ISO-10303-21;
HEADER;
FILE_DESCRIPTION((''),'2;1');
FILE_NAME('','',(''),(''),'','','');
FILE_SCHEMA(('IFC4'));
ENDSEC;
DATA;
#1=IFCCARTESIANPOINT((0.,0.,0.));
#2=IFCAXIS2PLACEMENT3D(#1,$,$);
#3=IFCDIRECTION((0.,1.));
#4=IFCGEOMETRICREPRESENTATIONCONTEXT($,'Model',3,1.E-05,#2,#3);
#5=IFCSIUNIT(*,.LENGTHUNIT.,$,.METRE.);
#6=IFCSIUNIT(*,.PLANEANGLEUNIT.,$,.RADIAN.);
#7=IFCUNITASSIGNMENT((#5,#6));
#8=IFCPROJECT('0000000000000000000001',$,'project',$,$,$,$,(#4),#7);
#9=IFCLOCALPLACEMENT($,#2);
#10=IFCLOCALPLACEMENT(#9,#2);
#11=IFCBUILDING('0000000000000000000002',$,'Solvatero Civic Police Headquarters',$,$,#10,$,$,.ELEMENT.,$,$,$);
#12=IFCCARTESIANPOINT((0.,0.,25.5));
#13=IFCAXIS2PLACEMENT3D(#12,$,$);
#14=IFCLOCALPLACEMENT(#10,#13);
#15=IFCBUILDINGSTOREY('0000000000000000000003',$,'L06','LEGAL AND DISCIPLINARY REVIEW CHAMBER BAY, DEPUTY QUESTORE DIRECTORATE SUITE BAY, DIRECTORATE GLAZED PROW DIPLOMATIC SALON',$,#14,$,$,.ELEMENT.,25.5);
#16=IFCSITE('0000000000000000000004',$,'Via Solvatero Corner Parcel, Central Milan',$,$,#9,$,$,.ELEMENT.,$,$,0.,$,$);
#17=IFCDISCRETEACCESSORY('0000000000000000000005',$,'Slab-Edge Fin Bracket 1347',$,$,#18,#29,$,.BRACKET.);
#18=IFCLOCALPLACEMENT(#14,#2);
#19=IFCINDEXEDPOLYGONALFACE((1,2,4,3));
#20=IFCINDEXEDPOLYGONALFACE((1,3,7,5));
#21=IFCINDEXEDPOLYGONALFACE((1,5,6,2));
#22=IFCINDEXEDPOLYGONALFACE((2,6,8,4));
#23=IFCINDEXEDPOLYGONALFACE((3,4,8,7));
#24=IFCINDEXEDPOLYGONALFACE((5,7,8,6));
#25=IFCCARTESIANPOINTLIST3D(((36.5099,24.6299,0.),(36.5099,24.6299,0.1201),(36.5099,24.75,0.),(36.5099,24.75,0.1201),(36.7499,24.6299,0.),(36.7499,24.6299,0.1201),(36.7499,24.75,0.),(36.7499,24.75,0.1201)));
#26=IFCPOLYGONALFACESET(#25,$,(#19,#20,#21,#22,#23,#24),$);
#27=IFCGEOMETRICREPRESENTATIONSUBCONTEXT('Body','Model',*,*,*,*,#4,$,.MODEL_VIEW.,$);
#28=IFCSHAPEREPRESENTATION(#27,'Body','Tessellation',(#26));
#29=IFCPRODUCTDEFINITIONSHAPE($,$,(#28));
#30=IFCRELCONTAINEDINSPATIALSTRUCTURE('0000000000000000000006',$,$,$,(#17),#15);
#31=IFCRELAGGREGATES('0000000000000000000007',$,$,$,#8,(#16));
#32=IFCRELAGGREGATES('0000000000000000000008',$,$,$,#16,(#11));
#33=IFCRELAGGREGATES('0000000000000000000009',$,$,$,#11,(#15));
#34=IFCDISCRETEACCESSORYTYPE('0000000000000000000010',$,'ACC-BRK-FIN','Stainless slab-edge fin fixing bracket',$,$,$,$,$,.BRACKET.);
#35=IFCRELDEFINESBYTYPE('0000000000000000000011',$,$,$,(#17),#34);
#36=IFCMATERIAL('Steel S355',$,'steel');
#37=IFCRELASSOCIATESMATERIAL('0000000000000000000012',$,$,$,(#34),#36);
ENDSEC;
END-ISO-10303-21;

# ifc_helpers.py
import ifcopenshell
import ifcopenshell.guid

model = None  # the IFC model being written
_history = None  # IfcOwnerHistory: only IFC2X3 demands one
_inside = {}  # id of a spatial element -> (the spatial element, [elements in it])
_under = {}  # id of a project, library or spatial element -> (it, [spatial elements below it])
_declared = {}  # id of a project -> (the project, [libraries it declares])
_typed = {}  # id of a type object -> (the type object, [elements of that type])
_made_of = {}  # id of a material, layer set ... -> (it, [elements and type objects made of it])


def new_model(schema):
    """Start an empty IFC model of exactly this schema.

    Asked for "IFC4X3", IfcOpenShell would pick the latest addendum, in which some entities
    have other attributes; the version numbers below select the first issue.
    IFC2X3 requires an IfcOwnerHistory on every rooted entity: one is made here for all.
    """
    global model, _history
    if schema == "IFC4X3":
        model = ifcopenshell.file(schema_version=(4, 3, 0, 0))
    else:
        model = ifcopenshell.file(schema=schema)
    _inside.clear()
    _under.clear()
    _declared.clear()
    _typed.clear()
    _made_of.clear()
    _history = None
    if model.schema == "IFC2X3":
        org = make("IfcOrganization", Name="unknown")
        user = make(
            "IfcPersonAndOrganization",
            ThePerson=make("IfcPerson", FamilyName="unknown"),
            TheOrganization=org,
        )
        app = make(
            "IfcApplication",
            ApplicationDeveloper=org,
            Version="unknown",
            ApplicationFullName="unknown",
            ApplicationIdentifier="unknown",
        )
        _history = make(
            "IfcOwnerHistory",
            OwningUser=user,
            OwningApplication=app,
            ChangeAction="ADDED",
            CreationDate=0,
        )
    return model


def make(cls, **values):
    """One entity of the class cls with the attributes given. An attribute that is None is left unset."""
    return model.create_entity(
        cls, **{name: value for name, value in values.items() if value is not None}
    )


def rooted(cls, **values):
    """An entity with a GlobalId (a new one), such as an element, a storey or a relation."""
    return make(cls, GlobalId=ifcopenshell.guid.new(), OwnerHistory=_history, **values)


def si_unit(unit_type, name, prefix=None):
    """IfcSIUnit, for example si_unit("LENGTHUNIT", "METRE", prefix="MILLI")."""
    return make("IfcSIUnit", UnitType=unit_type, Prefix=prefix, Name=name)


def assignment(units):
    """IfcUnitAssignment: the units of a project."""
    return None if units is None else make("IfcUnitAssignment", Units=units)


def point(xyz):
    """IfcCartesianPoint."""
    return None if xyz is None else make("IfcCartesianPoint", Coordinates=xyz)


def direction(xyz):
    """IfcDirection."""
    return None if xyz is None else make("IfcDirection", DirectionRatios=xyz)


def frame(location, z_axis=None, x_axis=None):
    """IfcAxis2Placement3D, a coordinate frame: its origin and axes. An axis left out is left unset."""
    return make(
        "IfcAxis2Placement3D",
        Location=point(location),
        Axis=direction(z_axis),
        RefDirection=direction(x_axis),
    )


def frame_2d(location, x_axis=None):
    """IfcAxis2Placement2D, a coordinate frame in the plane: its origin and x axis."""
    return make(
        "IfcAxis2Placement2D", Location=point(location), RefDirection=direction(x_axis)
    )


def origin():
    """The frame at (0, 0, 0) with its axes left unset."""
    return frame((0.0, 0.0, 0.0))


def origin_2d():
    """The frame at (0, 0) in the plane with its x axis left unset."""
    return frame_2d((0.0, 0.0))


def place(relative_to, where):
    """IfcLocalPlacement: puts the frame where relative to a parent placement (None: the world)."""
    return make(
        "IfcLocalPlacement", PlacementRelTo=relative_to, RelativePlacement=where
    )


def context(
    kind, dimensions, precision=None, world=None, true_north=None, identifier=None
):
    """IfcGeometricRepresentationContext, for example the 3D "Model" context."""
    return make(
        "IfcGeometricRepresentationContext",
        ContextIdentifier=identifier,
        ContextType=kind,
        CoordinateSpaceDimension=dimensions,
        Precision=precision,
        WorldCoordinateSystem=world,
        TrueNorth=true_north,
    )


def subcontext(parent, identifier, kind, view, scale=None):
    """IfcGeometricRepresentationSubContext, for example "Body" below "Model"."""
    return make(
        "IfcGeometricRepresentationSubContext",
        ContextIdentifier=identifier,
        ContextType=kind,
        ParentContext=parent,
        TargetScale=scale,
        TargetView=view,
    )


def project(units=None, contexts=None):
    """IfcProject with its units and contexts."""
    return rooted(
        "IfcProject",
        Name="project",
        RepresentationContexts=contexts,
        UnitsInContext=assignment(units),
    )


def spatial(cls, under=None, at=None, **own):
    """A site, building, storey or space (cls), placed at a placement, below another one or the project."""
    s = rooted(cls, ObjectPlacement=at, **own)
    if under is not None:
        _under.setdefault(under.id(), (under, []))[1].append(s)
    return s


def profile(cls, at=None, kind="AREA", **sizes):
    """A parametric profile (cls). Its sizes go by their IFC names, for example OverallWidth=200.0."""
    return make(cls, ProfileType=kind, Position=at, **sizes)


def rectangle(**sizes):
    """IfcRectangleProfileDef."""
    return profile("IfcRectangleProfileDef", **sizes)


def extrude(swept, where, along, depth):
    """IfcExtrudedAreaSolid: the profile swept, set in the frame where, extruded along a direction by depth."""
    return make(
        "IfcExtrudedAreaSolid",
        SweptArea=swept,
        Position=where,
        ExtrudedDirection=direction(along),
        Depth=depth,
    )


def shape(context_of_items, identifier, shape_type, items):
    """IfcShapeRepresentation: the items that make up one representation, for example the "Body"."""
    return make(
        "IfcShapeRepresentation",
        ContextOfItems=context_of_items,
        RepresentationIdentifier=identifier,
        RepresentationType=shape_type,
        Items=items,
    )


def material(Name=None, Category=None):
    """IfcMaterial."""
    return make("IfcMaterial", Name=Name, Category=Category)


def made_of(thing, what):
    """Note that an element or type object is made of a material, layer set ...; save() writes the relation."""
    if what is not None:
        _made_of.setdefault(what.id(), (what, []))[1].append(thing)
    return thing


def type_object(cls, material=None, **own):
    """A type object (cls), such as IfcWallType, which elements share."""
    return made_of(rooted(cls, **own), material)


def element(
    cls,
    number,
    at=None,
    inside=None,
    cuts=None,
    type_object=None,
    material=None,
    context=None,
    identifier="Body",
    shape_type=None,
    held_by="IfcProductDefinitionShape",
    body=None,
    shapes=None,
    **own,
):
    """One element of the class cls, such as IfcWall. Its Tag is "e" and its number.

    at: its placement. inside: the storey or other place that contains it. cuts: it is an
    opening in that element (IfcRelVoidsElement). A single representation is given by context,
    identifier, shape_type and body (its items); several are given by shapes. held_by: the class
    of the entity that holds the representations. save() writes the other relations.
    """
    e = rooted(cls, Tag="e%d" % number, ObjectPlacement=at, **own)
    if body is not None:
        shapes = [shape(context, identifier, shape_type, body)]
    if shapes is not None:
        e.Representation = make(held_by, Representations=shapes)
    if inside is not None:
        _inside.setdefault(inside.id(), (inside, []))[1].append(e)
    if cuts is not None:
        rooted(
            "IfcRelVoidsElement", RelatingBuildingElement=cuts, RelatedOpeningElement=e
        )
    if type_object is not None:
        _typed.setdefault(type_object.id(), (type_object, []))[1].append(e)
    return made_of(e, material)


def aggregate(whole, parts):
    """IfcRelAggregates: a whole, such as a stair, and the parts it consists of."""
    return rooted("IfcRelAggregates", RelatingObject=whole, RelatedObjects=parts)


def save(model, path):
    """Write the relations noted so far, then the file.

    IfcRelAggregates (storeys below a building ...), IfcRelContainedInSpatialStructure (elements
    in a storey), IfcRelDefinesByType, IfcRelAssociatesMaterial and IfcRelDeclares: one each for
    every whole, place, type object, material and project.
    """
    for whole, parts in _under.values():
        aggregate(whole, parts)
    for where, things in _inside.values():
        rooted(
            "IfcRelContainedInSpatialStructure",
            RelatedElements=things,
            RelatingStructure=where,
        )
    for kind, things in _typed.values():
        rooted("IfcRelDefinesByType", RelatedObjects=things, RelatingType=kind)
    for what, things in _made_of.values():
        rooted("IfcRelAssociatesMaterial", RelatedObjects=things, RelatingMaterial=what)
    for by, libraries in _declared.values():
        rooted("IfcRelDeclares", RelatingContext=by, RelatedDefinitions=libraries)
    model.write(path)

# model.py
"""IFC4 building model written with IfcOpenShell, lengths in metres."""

from ifc_helpers import new_model, si_unit, direction, frame, origin, origin_2d, place, context, subcontext, project, spatial, rectangle, extrude, material, type_object, element, save


model = new_model("IFC4")

# Units and contexts
model_context = context("Model", 3, precision=1e-05, world=origin(), true_north=direction((0.0, 1.0)))
body_context = subcontext(model_context, "Body", "Model", "MODEL_VIEW")
ifc_project = project(units=[si_unit("LENGTHUNIT", "METRE"), si_unit("PLANEANGLEUNIT", "RADIAN")], contexts=[model_context])

# Site, building, storey
site_placement = place(None, origin())
site = spatial("IfcSite", under=ifc_project, at=site_placement, Name="Via Solvatero Corner Parcel, Central Milan", CompositionType="ELEMENT", RefElevation=0.0)
building_placement = place(site_placement, origin())
building = spatial("IfcBuilding", under=site, at=building_placement, Name="Solvatero Civic Police Headquarters", CompositionType="ELEMENT")
storey_placement = place(building_placement, frame((0.0, 0.0, 25.5)))
storey = spatial("IfcBuildingStorey", under=building, at=storey_placement, Name="L06", Description="LEGAL AND DISCIPLINARY REVIEW CHAMBER BAY, DEPUTY QUESTORE DIRECTORATE SUITE BAY, DIRECTORATE GLAZED PROW DIPLOMATIC SALON", CompositionType="ELEMENT", Elevation=25.5)

# Shared definitions
ifc_material_1 = material(Name="Steel S355", Category="steel")

# Discrete accessory
discrete_accessory_type = type_object("IfcDiscreteAccessoryType", Name="ACC-BRK-FIN", Description="Stainless slab-edge fin fixing bracket", PredefinedType="BRACKET", material=ifc_material_1)
for number, where, z_axis, x_axis, name in (
    (1, (36.6299, 24.6899, 0.0), (0.0, 0.0, 1.0), (0.0, -1.0, 0.0), "Slab-Edge Fin Bracket 1347"),
):
    element("IfcDiscreteAccessory", number, at=place(storey_placement, frame(where, z_axis=z_axis, x_axis=x_axis)), inside=storey, type_object=discrete_accessory_type, Name=name, PredefinedType="BRACKET", context=body_context, shape_type="SweptSolid", body=[
        extrude(rectangle(XDim=0.1201, YDim=0.24, at=origin_2d()), origin(), (0.0, 0.0, 1.0), 0.1201),
    ])

save(model, "model.ifc")
